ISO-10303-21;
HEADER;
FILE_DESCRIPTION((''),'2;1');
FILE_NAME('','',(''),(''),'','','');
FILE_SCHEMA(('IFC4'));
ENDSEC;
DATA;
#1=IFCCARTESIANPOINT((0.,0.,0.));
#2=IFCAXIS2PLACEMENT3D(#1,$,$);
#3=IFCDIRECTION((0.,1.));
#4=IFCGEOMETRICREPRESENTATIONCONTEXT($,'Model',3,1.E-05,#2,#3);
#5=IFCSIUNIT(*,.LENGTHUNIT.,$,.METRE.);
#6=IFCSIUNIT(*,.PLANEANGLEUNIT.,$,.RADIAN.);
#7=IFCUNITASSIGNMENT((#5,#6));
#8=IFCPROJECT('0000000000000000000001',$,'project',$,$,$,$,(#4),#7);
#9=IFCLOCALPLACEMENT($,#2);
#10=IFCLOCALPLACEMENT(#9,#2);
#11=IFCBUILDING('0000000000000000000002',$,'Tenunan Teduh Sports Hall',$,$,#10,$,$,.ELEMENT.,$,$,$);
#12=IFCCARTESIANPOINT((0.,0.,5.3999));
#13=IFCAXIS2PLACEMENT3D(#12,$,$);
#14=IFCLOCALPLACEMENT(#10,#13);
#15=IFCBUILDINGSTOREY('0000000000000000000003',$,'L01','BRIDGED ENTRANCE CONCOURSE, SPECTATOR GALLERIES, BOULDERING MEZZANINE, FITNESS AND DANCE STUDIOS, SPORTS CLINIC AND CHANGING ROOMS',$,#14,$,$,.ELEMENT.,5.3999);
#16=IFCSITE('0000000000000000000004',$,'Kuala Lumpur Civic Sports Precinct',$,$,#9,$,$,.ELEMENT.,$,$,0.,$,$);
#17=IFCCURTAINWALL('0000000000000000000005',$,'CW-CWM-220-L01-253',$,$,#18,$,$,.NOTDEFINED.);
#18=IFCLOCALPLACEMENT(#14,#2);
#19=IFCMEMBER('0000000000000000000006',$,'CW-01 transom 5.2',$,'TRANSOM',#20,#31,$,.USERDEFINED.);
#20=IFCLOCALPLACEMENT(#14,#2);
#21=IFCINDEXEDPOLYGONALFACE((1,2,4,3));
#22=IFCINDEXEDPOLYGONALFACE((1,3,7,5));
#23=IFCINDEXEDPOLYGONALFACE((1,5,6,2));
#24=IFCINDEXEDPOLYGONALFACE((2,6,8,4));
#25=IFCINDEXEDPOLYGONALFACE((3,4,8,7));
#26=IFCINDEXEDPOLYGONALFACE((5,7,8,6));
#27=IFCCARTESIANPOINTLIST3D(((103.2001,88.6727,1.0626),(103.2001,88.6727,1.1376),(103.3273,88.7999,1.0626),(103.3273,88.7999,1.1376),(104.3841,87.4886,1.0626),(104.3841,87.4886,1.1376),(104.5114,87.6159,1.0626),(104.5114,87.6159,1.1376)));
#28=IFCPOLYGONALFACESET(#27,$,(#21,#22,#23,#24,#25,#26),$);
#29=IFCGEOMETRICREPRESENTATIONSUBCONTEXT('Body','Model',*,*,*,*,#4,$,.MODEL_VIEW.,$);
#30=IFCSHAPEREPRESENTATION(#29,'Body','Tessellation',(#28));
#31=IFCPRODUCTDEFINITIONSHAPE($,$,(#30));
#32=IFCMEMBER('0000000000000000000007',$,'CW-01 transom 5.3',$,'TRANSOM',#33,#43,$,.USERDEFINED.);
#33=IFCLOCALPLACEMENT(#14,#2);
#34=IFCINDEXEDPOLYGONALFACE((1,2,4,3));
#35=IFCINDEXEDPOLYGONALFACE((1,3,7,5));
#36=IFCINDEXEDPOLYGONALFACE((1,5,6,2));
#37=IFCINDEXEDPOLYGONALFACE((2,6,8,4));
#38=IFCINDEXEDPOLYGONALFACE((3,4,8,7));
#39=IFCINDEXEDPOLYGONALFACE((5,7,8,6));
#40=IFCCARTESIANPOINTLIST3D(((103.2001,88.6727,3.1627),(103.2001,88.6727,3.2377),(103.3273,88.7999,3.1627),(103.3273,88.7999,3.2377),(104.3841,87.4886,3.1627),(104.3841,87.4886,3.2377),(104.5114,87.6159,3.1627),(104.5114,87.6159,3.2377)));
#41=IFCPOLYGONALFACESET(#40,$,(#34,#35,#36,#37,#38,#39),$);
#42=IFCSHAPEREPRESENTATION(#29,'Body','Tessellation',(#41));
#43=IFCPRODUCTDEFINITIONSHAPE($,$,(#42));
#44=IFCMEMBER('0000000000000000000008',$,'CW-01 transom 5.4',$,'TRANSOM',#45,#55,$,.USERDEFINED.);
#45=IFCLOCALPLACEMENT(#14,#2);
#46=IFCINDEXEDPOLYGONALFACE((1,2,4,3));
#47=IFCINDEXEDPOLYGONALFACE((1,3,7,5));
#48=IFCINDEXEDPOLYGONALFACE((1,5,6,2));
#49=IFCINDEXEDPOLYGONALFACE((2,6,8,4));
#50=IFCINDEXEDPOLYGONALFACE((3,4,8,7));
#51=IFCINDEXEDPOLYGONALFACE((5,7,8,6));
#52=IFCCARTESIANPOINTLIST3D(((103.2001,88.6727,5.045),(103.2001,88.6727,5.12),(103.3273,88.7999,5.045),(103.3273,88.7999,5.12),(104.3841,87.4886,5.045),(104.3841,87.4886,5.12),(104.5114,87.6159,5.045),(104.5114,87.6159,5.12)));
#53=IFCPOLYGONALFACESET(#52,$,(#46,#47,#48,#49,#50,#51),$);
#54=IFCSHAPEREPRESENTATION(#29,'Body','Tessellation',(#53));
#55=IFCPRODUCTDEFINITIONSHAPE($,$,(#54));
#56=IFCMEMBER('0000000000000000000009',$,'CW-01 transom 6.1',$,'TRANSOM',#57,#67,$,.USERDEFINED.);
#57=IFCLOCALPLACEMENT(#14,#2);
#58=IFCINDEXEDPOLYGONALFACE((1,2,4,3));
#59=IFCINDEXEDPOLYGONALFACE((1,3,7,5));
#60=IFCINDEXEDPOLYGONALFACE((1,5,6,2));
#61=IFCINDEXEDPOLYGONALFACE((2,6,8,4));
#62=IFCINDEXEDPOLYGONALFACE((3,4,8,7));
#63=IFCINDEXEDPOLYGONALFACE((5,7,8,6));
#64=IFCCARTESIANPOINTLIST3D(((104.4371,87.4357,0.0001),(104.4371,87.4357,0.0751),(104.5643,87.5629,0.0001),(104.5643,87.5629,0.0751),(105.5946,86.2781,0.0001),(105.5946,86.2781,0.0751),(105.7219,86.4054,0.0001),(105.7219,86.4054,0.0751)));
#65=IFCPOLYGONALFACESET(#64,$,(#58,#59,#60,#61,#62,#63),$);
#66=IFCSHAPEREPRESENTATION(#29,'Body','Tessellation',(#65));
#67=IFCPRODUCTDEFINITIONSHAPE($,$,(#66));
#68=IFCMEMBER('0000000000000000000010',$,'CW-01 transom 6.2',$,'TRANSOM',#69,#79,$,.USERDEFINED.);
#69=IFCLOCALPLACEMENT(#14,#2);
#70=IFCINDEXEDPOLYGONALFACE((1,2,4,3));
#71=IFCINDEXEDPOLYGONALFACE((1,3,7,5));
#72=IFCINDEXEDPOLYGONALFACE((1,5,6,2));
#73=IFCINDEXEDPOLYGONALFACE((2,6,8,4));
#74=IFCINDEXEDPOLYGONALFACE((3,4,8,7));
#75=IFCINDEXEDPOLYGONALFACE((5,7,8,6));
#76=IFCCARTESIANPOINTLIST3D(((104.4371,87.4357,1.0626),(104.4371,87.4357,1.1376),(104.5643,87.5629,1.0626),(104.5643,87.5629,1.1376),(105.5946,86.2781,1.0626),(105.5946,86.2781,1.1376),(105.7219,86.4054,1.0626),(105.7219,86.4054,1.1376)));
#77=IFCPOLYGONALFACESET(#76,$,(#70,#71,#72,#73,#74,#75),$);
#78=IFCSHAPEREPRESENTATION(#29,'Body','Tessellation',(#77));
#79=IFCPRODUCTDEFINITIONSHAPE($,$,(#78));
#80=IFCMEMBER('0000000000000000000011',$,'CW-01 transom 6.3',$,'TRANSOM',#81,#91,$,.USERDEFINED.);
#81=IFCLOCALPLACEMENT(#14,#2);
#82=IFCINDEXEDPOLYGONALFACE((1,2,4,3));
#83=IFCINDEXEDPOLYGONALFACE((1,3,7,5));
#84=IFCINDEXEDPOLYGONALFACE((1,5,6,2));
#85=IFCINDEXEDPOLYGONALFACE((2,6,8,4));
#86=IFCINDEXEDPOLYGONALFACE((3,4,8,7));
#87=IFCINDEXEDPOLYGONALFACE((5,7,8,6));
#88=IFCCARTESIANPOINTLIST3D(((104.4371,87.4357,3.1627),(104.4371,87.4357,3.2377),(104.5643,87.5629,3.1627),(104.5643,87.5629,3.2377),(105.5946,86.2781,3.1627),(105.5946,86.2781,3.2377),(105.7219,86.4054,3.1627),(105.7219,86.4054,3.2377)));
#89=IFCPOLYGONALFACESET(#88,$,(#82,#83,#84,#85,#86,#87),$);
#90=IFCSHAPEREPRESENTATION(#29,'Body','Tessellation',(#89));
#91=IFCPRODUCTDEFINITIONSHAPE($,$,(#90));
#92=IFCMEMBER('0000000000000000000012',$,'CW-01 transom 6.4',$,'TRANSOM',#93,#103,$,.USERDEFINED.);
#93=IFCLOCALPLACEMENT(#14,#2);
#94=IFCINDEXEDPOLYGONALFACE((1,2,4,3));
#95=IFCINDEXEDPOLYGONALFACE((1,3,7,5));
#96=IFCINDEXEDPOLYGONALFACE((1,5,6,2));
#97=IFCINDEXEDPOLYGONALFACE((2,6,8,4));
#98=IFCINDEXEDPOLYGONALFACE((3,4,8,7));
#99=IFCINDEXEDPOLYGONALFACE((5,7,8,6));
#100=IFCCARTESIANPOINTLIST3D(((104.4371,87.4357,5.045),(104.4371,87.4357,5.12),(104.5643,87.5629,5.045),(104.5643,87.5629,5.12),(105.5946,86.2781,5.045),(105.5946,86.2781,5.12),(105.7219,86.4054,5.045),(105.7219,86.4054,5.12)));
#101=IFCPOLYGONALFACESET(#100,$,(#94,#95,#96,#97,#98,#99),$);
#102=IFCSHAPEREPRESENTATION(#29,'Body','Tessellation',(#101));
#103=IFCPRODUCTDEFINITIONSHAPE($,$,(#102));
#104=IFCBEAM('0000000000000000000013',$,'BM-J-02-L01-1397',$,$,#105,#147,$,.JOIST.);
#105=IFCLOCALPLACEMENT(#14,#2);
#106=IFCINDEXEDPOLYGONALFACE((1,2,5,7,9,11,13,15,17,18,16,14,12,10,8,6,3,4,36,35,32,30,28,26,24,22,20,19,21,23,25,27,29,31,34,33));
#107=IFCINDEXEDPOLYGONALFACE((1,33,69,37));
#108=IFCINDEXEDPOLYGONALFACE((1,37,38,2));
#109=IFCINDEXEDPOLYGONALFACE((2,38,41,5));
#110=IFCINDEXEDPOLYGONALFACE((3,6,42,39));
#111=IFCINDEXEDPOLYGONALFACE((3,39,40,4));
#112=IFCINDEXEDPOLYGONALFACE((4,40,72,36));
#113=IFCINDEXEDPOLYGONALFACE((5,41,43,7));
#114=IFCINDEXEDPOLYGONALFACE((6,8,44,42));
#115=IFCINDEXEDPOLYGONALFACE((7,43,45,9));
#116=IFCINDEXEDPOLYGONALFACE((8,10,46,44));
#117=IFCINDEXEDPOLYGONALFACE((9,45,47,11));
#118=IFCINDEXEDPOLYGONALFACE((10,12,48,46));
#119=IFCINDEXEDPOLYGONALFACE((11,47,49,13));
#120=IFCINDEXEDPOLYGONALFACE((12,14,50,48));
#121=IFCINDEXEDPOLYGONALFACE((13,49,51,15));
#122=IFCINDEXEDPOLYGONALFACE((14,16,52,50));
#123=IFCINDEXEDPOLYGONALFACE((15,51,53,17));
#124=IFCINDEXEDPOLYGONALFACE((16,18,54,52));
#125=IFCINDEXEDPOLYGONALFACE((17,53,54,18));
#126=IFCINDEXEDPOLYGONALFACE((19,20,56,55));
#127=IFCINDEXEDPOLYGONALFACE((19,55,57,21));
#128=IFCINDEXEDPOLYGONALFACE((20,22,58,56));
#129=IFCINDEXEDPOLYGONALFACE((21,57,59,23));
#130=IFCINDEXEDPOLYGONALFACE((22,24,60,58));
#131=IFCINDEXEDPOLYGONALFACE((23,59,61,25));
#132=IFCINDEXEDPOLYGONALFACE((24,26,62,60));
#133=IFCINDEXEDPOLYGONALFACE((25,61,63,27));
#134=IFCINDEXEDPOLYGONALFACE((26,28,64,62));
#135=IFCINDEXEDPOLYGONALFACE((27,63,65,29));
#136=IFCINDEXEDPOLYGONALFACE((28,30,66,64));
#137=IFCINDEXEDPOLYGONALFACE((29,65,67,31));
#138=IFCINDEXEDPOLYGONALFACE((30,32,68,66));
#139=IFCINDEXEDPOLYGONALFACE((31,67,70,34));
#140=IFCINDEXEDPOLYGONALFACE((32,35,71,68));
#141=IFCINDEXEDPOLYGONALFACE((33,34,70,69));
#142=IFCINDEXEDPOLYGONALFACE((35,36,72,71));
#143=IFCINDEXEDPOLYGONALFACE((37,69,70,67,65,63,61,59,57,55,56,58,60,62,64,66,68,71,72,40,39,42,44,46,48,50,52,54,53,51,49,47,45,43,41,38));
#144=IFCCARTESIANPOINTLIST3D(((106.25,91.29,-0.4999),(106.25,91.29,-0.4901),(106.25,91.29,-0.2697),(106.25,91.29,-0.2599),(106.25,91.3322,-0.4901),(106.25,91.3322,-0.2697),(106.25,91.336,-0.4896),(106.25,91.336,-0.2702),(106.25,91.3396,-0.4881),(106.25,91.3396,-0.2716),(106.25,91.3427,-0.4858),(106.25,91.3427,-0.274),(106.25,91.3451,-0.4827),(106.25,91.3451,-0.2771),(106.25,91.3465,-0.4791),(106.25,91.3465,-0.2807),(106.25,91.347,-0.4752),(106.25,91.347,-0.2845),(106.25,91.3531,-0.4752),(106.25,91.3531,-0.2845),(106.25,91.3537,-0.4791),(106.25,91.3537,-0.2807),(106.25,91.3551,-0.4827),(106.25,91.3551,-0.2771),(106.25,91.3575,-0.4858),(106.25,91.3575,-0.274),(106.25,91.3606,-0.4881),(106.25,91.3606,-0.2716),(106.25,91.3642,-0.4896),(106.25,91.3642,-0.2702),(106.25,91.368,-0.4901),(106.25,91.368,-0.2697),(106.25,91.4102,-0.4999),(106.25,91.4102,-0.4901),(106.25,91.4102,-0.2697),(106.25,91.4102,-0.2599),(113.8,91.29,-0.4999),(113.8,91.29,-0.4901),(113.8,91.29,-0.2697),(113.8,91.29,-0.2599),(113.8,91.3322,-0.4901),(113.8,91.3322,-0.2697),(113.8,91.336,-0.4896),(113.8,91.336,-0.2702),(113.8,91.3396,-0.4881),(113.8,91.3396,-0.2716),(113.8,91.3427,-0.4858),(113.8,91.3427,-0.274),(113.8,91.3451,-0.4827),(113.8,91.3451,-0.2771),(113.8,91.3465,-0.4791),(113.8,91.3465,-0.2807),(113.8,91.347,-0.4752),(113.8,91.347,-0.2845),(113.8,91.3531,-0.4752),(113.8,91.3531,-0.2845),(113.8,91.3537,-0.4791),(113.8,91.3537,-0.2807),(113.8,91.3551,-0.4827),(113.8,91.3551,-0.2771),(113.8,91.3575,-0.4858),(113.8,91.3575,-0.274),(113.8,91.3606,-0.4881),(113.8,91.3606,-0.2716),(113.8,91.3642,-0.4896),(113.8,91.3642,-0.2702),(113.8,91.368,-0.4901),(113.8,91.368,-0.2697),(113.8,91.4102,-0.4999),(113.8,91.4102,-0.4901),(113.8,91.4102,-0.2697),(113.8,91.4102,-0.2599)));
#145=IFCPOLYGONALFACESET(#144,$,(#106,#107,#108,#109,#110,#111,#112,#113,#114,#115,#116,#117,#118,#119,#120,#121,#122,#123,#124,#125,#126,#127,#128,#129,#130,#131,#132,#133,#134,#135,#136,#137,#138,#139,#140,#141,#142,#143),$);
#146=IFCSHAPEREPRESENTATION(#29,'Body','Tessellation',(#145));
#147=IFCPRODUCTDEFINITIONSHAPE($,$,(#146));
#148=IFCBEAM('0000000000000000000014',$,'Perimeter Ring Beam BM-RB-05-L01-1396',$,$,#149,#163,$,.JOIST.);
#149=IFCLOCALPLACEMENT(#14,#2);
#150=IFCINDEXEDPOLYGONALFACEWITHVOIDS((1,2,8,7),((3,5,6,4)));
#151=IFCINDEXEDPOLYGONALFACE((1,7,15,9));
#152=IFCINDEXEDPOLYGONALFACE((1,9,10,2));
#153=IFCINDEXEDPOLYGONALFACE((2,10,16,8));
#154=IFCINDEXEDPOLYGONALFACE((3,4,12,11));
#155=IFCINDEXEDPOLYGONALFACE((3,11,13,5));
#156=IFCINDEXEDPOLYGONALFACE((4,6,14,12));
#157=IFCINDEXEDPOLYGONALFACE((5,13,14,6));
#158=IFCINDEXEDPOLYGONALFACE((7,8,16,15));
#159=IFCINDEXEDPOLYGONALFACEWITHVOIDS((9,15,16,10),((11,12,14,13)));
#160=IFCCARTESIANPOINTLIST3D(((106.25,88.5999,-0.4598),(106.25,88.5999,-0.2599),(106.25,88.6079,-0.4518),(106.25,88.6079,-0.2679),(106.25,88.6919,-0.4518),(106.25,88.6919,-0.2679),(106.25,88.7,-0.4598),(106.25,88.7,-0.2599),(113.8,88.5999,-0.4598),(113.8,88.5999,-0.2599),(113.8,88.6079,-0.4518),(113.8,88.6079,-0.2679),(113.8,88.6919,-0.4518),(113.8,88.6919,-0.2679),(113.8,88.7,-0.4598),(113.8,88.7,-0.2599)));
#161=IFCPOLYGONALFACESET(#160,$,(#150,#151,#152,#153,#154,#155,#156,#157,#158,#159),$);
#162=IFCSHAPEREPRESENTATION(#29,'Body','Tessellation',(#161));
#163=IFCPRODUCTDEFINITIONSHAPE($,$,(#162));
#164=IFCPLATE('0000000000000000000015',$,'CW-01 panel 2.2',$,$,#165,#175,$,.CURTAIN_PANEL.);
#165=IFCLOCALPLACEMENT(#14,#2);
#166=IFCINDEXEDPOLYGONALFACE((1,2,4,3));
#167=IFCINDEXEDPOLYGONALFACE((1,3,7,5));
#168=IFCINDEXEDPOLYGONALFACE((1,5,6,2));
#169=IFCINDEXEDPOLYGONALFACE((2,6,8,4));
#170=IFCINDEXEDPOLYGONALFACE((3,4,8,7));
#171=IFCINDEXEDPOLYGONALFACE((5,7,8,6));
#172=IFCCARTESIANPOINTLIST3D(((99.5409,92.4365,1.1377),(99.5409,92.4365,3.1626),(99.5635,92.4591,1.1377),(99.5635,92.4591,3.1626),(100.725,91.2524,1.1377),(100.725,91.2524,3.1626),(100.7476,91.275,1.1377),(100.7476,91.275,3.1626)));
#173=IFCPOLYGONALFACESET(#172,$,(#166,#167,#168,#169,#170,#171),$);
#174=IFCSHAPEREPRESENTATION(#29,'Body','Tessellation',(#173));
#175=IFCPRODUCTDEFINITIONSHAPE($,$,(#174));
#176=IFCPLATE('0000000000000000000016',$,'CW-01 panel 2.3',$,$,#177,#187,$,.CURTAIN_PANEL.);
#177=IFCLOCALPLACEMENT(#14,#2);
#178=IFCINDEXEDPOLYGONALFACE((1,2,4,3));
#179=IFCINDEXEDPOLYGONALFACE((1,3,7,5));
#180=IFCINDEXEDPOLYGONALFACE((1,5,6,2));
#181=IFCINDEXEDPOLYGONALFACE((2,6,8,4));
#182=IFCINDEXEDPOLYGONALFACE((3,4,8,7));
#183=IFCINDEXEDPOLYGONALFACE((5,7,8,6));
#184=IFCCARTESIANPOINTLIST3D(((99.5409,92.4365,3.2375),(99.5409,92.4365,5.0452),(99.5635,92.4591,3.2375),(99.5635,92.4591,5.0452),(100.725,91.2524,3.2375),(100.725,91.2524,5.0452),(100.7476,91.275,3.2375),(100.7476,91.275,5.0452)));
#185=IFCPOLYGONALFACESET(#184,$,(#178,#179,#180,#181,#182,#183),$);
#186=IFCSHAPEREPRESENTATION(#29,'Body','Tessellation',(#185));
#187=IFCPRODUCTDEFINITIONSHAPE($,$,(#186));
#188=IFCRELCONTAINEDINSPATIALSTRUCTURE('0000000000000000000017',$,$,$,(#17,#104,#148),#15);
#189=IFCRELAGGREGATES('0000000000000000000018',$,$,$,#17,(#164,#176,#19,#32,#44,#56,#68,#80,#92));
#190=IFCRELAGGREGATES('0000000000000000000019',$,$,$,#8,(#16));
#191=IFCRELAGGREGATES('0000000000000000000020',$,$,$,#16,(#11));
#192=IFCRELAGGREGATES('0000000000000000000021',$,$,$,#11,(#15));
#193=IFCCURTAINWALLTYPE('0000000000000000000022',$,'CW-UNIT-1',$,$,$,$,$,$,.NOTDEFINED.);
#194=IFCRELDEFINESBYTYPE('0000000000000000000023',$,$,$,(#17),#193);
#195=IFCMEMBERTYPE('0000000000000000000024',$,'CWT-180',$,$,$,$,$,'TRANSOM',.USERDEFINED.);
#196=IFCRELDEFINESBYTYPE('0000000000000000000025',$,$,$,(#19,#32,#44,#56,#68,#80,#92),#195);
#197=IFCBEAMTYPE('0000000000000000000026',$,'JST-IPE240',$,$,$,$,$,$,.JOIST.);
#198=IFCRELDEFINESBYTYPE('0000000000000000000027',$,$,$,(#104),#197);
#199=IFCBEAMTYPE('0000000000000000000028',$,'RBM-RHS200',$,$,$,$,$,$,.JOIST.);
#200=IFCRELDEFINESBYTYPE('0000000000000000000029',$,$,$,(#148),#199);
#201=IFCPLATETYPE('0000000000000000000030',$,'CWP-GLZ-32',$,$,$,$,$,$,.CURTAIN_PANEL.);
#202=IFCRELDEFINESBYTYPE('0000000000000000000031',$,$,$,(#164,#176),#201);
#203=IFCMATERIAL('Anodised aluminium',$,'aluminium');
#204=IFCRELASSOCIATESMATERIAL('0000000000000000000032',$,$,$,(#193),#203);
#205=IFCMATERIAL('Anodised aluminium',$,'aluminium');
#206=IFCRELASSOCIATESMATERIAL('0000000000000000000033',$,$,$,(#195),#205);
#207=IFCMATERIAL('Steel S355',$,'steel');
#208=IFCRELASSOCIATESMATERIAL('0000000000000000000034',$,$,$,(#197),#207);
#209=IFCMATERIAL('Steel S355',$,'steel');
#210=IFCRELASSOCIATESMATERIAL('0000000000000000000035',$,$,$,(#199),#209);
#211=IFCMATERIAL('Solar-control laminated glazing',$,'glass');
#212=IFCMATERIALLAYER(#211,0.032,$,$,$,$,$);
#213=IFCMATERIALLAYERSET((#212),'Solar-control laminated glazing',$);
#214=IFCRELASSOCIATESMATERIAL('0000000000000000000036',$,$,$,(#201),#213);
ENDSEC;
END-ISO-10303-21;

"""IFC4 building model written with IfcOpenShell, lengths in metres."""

from ifc_helpers import new_model, si_unit, direction, frame, origin, origin_2d, place, context, subcontext, project, spatial, rectangle, hollow_rectangle, i_section, extrude, material, layer, layer_set, material_profile, profile_set, type_object, element, aggregate, save


model = new_model("IFC4")

# Units and contexts
model_context = context("Model", 3, precision=1e-05, world=origin(), true_north=direction((0.0, 1.0)))
body_context = subcontext(model_context, "Body", "Model", "MODEL_VIEW")
ifc_project = project(units=[si_unit("LENGTHUNIT", "METRE"), si_unit("PLANEANGLEUNIT", "RADIAN")], contexts=[model_context])

# Site, building, storey
site_placement = place(None, origin())
site = spatial("IfcSite", under=ifc_project, at=site_placement, Name="Kuala Lumpur Civic Sports Precinct", CompositionType="ELEMENT", RefElevation=0.0)
building_placement = place(site_placement, origin())
building = spatial("IfcBuilding", under=site, at=building_placement, Name="Tenunan Teduh Sports Hall", CompositionType="ELEMENT")
storey_placement = place(building_placement, frame((0.0, 0.0, 5.3999)))
storey = spatial("IfcBuildingStorey", under=building, at=storey_placement, Name="L01", Description="BRIDGED ENTRANCE CONCOURSE, SPECTATOR GALLERIES, BOULDERING MEZZANINE, FITNESS AND DANCE STUDIOS, SPORTS CLINIC AND CHANGING ROOMS", CompositionType="ELEMENT", Elevation=5.3999)

# Curtain wall, members
ifc_material_1 = material(Name="Anodised aluminium", Category="aluminium")
curtain_wall_type = type_object("IfcCurtainWallType", Name="CW-UNIT-1", PredefinedType="NOTDEFINED", material=ifc_material_1)
curtain_wall_placement = place(storey_placement, origin())
curtain_wall = element("IfcCurtainWall", 1, at=curtain_wall_placement, inside=storey, type_object=curtain_wall_type, Name="CW-CWM-220-L01-253", PredefinedType="NOTDEFINED")
ifc_material_2 = material(Name="Anodised aluminium", Category="aluminium")
ifc_material_profile_1 = material_profile(ifc_material_2, rectangle(XDim=0.075, YDim=0.1799, at=origin_2d()), Name="CWT 75x180")
ifc_profile_set_1 = profile_set([ifc_material_profile_1], Name="Anodised aluminium")
member_type_1 = type_object("IfcMemberType", Name="CWT-180", ElementType="TRANSOM", PredefinedType="USERDEFINED", material=ifc_profile_set_1)
member_1_placement = place(storey_placement, frame((103.2637, 88.7363, 1.1001), z_axis=(0.707107, -0.707107, 0.0), x_axis=(0.0, 0.0, 1.0)))
member_1 = element("IfcMember", 2, at=member_1_placement, type_object=member_type_1, Name="CW-01 transom 5.2", ObjectType="TRANSOM", PredefinedType="USERDEFINED", context=body_context, shape_type="SweptSolid", body=[
    extrude(rectangle(XDim=0.075, YDim=0.1799, at=origin_2d()), origin(), (0.0, 0.0, 1.0), 1.6746),
])
member_2_placement = place(storey_placement, frame((103.2637, 88.7363, 3.2002), z_axis=(0.707107, -0.707107, 0.0), x_axis=(0.0, 0.0, 1.0)))
member_2 = element("IfcMember", 3, at=member_2_placement, type_object=member_type_1, Name="CW-01 transom 5.3", ObjectType="TRANSOM", PredefinedType="USERDEFINED", context=body_context, shape_type="SweptSolid", body=[
    extrude(rectangle(XDim=0.075, YDim=0.1799, at=origin_2d()), origin(), (0.0, 0.0, 1.0), 1.6746),
])
member_3_placement = place(storey_placement, frame((103.2637, 88.7363, 5.0825), z_axis=(0.707107, -0.707107, 0.0), x_axis=(0.0, 0.0, 1.0)))
member_3 = element("IfcMember", 4, at=member_3_placement, type_object=member_type_1, Name="CW-01 transom 5.4", ObjectType="TRANSOM", PredefinedType="USERDEFINED", context=body_context, shape_type="SweptSolid", body=[
    extrude(rectangle(XDim=0.075, YDim=0.1799, at=origin_2d()), origin(), (0.0, 0.0, 1.0), 1.6746),
])
member_4_placement = place(storey_placement, frame((104.5007, 87.4993, 0.0376), z_axis=(0.707107, -0.707107, 0.0), x_axis=(0.0, 0.0, 1.0)))
member_4 = element("IfcMember", 5, at=member_4_placement, type_object=member_type_1, Name="CW-01 transom 6.1", ObjectType="TRANSOM", PredefinedType="USERDEFINED", context=body_context, shape_type="SweptSolid", body=[
    extrude(rectangle(XDim=0.075, YDim=0.1799, at=origin_2d()), origin(), (0.0, 0.0, 1.0), 1.637),
])
member_5_placement = place(storey_placement, frame((104.5007, 87.4993, 1.1001), z_axis=(0.707107, -0.707107, 0.0), x_axis=(0.0, 0.0, 1.0)))
member_5 = element("IfcMember", 6, at=member_5_placement, type_object=member_type_1, Name="CW-01 transom 6.2", ObjectType="TRANSOM", PredefinedType="USERDEFINED", context=body_context, shape_type="SweptSolid", body=[
    extrude(rectangle(XDim=0.075, YDim=0.1799, at=origin_2d()), origin(), (0.0, 0.0, 1.0), 1.637),
])
member_6_placement = place(storey_placement, frame((104.5007, 87.4993, 3.2002), z_axis=(0.707107, -0.707107, 0.0), x_axis=(0.0, 0.0, 1.0)))
member_6 = element("IfcMember", 7, at=member_6_placement, type_object=member_type_1, Name="CW-01 transom 6.3", ObjectType="TRANSOM", PredefinedType="USERDEFINED", context=body_context, shape_type="SweptSolid", body=[
    extrude(rectangle(XDim=0.075, YDim=0.1799, at=origin_2d()), origin(), (0.0, 0.0, 1.0), 1.637),
])
member_7_placement = place(storey_placement, frame((104.5007, 87.4993, 5.0825), z_axis=(0.707107, -0.707107, 0.0), x_axis=(0.0, 0.0, 1.0)))
member_7 = element("IfcMember", 8, at=member_7_placement, type_object=member_type_1, Name="CW-01 transom 6.4", ObjectType="TRANSOM", PredefinedType="USERDEFINED", context=body_context, shape_type="SweptSolid", body=[
    extrude(rectangle(XDim=0.075, YDim=0.1799, at=origin_2d()), origin(), (0.0, 0.0, 1.0), 1.637),
])

# Beams
ifc_material_3 = material(Name="Steel S355", Category="steel")
ifc_material_profile_2 = material_profile(ifc_material_3, i_section(OverallWidth=0.1201, OverallDepth=0.24, WebThickness=0.0061, FlangeThickness=0.0098, FilletRadius=0.0149, at=origin_2d()), Name="IPE 240")
ifc_profile_set_2 = profile_set([ifc_material_profile_2], Name="Steel S355")
beam_type_1 = type_object("IfcBeamType", Name="JST-IPE240", PredefinedType="JOIST", material=ifc_profile_set_2)
beam_1_placement = place(storey_placement, frame((106.25, 91.3501, -0.3799), z_axis=(1.0, 0.0, 0.0), x_axis=(0.0, 1.0, 0.0)))
element("IfcBeam", 9, at=beam_1_placement, inside=storey, type_object=beam_type_1, Name="BM-J-02-L01-1397", PredefinedType="JOIST", context=body_context, shape_type="SweptSolid", body=[
    extrude(i_section(OverallWidth=0.1201, OverallDepth=0.24, WebThickness=0.0061, FlangeThickness=0.0098, FilletRadius=0.0149, at=origin_2d()), origin(), (0.0, 0.0, 1.0), 7.55),
])
ifc_material_4 = material(Name="Steel S355", Category="steel")
ifc_material_profile_3 = material_profile(ifc_material_4, hollow_rectangle(XDim=0.1001, YDim=0.2, WallThickness=0.0081, at=origin_2d()), Name="RHS 200x100x8.0")
ifc_profile_set_3 = profile_set([ifc_material_profile_3], Name="Steel S355")
beam_type_2 = type_object("IfcBeamType", Name="RBM-RHS200", PredefinedType="JOIST", material=ifc_profile_set_3)
beam_2_placement = place(storey_placement, frame((106.25, 88.6499, -0.3599), z_axis=(1.0, 0.0, 0.0), x_axis=(0.0, 1.0, 0.0)))
element("IfcBeam", 10, at=beam_2_placement, inside=storey, type_object=beam_type_2, Name="Perimeter Ring Beam BM-RB-05-L01-1396", PredefinedType="JOIST", context=body_context, shape_type="SweptSolid", body=[
    extrude(hollow_rectangle(XDim=0.1001, YDim=0.2, WallThickness=0.0081, at=origin_2d()), origin(), (0.0, 0.0, 1.0), 7.55),
])

# Plates
ifc_material_5 = material(Name="Solar-control laminated glazing", Category="glass")
ifc_layer_1 = layer(ifc_material_5, 0.032)
ifc_layer_set_1 = layer_set([ifc_layer_1], Name="Solar-control laminated glazing")
plate_type_1 = type_object("IfcPlateType", Name="CWP-GLZ-32", PredefinedType="CURTAIN_PANEL", material=ifc_layer_set_1)
plate_1_placement = place(storey_placement, frame((100.1443, 91.8557, 1.1377), z_axis=(0.0, 0.0, 1.0), x_axis=(0.707107, -0.707107, 0.0)))
plate_1 = element("IfcPlate", 11, at=plate_1_placement, type_object=plate_type_1, Name="CW-01 panel 2.2", PredefinedType="CURTAIN_PANEL", context=body_context, shape_type="SweptSolid", body=[
    extrude(rectangle(XDim=1.6746, YDim=0.032, at=origin_2d()), origin(), (0.0, 0.0, 1.0), 2.0249),
])
plate_2_placement = place(storey_placement, frame((100.1443, 91.8557, 3.2375), z_axis=(0.0, 0.0, 1.0), x_axis=(0.707107, -0.707107, 0.0)))
plate_2 = element("IfcPlate", 12, at=plate_2_placement, type_object=plate_type_1, Name="CW-01 panel 2.3", PredefinedType="CURTAIN_PANEL", context=body_context, shape_type="SweptSolid", body=[
    extrude(rectangle(XDim=1.6746, YDim=0.032, at=origin_2d()), origin(), (0.0, 0.0, 1.0), 1.8076),
])
aggregate(curtain_wall, [plate_1, plate_2, member_1, member_2, member_3, member_4, member_5, member_6, member_7])

save(model, "model.ifc")
